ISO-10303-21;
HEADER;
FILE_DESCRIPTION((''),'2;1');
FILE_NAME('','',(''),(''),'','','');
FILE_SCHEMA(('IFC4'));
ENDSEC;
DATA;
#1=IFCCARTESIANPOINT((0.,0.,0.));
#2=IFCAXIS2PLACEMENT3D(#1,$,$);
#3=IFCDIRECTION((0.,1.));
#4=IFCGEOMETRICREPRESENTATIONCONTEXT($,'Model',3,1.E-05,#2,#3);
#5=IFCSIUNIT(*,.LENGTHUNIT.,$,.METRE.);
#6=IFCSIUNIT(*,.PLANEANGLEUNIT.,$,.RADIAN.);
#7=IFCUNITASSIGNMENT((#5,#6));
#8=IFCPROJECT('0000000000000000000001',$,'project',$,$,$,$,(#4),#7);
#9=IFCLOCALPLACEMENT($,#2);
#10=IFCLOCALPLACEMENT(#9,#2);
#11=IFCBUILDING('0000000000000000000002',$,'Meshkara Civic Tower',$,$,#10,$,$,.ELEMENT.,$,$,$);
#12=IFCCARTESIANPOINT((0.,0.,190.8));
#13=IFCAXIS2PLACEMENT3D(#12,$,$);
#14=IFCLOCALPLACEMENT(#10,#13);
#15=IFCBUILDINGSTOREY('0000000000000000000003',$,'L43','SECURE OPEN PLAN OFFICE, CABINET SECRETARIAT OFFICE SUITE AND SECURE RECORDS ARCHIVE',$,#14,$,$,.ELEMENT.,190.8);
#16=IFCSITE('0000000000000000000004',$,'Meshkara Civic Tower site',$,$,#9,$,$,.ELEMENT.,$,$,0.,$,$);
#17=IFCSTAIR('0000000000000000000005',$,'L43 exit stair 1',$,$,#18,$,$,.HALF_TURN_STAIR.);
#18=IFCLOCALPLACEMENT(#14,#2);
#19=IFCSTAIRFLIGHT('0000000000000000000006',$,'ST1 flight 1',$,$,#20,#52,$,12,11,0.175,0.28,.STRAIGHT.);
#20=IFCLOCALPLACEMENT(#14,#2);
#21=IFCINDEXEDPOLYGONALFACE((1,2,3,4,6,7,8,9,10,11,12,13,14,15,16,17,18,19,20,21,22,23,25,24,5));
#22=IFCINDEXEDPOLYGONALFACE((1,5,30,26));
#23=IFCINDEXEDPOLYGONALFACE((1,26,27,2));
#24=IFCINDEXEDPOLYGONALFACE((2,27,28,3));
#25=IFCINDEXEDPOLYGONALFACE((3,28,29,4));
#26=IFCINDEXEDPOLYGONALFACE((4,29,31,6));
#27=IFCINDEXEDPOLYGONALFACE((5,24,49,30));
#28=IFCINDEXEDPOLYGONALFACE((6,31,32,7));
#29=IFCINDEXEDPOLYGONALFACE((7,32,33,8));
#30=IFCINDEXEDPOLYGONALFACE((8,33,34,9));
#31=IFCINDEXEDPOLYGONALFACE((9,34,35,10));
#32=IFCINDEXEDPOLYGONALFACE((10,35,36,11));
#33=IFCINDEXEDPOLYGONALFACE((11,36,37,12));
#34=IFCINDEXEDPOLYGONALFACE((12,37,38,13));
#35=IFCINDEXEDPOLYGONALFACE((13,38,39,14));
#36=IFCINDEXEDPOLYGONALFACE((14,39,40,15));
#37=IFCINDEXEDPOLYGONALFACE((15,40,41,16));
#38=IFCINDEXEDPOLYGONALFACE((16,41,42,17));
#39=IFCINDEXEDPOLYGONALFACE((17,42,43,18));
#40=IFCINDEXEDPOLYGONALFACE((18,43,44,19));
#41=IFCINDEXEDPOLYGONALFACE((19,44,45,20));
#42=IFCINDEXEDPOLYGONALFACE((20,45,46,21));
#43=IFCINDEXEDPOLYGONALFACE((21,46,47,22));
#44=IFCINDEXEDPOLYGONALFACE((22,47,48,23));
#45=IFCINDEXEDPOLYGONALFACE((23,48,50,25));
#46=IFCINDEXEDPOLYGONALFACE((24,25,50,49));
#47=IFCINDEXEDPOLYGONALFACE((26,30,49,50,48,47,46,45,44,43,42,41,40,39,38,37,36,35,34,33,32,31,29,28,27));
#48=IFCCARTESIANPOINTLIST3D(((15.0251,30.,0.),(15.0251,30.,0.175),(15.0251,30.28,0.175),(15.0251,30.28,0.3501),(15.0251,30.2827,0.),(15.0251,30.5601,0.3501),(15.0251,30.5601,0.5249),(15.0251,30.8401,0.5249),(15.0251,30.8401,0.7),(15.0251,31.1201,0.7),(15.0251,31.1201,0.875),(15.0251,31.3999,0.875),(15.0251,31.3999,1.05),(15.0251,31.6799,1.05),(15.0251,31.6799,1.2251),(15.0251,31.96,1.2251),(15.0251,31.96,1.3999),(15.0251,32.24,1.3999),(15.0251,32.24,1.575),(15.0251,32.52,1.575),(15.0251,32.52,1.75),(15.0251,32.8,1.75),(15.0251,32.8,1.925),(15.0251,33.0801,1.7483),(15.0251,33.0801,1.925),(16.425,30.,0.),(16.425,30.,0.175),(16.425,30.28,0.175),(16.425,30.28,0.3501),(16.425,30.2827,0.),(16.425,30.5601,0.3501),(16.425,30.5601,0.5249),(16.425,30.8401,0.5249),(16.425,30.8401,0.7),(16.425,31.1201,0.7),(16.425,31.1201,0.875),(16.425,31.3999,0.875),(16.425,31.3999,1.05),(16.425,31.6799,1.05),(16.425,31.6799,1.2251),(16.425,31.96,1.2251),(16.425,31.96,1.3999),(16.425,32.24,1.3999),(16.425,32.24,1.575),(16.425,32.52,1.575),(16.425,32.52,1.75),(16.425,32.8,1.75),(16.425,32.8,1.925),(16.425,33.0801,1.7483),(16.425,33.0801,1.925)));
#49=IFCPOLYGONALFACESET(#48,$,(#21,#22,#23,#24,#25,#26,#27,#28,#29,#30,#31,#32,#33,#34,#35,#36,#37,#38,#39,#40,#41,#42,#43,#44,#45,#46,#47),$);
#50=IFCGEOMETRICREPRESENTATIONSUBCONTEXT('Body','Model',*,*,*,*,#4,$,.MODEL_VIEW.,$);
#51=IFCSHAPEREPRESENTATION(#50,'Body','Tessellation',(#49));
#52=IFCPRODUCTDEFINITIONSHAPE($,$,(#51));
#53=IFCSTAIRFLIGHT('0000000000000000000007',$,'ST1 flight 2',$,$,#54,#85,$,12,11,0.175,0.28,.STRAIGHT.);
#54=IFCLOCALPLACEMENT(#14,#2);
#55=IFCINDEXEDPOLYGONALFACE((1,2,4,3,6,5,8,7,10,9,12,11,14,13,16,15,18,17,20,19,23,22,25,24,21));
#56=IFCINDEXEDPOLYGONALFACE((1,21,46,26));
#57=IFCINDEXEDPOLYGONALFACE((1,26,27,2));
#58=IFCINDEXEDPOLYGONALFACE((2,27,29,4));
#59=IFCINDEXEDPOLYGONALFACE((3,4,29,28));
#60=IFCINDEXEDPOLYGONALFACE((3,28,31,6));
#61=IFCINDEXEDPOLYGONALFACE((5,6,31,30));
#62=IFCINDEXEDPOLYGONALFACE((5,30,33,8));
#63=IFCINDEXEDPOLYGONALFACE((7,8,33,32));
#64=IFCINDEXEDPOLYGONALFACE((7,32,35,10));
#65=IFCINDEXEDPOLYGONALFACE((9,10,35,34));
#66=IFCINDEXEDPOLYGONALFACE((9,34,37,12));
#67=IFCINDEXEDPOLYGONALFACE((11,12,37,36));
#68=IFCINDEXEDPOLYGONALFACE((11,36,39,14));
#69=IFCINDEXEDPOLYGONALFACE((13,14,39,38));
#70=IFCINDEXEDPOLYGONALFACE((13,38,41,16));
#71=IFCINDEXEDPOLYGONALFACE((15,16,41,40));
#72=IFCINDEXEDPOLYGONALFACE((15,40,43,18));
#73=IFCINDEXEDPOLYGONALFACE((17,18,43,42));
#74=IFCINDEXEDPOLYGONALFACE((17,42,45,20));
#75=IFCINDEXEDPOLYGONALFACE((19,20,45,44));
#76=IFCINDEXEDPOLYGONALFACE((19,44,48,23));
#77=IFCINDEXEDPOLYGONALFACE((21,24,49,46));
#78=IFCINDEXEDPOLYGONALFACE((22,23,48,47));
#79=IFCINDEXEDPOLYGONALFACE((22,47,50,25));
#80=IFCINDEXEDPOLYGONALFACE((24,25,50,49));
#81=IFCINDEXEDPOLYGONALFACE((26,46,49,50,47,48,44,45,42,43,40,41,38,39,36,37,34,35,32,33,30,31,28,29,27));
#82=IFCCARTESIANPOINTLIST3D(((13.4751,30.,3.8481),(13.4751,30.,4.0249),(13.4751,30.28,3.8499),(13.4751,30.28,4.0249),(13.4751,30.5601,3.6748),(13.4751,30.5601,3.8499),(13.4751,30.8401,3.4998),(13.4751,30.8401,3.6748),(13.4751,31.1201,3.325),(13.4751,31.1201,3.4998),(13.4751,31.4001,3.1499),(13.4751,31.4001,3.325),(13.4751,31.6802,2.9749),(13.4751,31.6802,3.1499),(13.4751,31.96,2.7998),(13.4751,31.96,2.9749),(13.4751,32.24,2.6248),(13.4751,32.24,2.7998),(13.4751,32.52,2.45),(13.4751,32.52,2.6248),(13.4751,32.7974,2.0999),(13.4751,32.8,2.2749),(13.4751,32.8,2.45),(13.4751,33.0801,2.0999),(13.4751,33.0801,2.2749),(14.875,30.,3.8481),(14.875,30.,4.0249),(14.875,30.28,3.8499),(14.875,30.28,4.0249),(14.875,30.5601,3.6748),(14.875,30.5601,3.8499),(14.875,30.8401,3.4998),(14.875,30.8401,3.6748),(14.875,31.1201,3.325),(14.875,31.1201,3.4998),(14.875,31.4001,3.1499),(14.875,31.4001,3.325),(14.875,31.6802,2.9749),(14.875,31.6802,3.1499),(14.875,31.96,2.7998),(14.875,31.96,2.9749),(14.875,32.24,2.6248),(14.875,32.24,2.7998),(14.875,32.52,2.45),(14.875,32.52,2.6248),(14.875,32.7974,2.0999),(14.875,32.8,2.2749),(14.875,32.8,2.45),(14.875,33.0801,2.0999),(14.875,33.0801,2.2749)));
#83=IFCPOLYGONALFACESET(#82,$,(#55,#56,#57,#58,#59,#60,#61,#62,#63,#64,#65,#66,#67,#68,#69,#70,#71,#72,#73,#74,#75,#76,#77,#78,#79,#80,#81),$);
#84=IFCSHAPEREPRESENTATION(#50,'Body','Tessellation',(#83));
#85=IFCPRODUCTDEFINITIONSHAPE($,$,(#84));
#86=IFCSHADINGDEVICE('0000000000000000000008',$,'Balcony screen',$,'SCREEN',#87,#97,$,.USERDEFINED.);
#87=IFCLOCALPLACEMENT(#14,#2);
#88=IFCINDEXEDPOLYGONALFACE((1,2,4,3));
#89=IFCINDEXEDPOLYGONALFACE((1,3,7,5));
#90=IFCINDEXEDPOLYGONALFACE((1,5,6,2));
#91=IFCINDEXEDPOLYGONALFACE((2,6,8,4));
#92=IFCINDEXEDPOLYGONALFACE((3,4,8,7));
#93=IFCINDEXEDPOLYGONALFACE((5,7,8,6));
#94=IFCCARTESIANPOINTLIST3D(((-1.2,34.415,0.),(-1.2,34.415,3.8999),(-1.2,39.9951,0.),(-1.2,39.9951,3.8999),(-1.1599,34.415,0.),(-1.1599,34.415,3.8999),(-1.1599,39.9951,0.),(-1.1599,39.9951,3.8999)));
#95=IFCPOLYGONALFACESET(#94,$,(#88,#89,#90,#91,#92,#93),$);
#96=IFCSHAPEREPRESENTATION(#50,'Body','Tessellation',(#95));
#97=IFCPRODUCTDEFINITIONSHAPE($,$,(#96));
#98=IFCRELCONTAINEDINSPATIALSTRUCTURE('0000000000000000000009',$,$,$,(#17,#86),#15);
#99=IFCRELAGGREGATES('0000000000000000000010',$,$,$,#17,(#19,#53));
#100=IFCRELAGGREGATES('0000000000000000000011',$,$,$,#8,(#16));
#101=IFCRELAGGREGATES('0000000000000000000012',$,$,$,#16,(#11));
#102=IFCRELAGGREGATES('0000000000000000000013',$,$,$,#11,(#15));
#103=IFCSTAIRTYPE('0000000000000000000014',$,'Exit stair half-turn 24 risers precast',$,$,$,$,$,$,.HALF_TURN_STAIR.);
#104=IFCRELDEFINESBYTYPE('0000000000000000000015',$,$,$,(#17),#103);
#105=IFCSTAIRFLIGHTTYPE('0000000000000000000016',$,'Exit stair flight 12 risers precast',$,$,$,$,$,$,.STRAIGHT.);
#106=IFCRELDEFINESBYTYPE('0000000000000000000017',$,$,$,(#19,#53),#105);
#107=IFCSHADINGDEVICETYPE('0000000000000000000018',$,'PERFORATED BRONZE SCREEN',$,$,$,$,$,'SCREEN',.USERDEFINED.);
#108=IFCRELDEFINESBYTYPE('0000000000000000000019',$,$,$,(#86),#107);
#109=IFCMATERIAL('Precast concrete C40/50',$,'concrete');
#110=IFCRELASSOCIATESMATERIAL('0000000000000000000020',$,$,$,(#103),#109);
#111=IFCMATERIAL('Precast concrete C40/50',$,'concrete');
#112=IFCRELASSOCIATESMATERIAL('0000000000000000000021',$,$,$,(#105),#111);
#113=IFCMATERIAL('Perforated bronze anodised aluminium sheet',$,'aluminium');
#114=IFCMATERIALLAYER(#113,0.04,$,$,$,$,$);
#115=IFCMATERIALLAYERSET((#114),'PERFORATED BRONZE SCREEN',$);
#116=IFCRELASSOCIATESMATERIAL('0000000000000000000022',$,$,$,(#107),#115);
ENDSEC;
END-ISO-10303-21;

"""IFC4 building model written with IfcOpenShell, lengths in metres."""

from ifc_helpers import new_model, si_unit, direction, frame, origin, origin_2d, place, context, subcontext, project, spatial, polyline, rectangle, outline, extrude, material, layer, layer_set, type_object, element, aggregate, save


model = new_model("IFC4")

# Units and contexts
model_context = context("Model", 3, precision=1e-05, world=origin(), true_north=direction((0.0, 1.0)))
body_context = subcontext(model_context, "Body", "Model", "MODEL_VIEW")
ifc_project = project(units=[si_unit("LENGTHUNIT", "METRE"), si_unit("PLANEANGLEUNIT", "RADIAN")], contexts=[model_context])

# Site, building, storey
site_placement = place(None, origin())
site = spatial("IfcSite", under=ifc_project, at=site_placement, Name="Meshkara Civic Tower site", CompositionType="ELEMENT", RefElevation=0.0)
building_placement = place(site_placement, origin())
building = spatial("IfcBuilding", under=site, at=building_placement, Name="Meshkara Civic Tower", CompositionType="ELEMENT")
storey_placement = place(building_placement, frame((0.0, 0.0, 190.8)))
storey = spatial("IfcBuildingStorey", under=building, at=storey_placement, Name="L43", Description="SECURE OPEN PLAN OFFICE, CABINET SECRETARIAT OFFICE SUITE AND SECURE RECORDS ARCHIVE", CompositionType="ELEMENT", Elevation=190.8)

# Stair, stair flights
ifc_material_1 = material(Name="Precast concrete C40/50", Category="concrete")
stair_type = type_object("IfcStairType", Name="Exit stair half-turn 24 risers precast", PredefinedType="HALF_TURN_STAIR", material=ifc_material_1)
stair_placement = place(storey_placement, origin())
stair = element("IfcStair", 1, at=stair_placement, inside=storey, type_object=stair_type, Name="L43 exit stair 1", PredefinedType="HALF_TURN_STAIR")
ifc_material_2 = material(Name="Precast concrete C40/50", Category="concrete")
stair_flight_type = type_object("IfcStairFlightType", Name="Exit stair flight 12 risers precast", PredefinedType="STRAIGHT", material=ifc_material_2)
stair_flight_1_placement = place(storey_placement, frame((15.7251, 30.0, 0.0), z_axis=(0.0, 0.0, 1.0), x_axis=(0.0, 1.0, 0.0)))
stair_flight_1 = element("IfcStairFlight", 2, at=stair_flight_1_placement, type_object=stair_flight_type, Name="ST1 flight 1", NumberOfRisers=12, NumberOfTreads=11, PredefinedType="STRAIGHT", RiserHeight=0.175, TreadLength=0.28, context=body_context, shape_type="SweptSolid", body=[
    extrude(outline(polyline([(0.0, 0.0), (0.0, 0.175), (0.28, 0.175), (0.28, 0.3501), (0.5601, 0.3501), (0.5601, 0.5249), (0.8401, 0.5249), (0.8401, 0.7), (1.1201, 0.7), (1.1201, 0.875), (1.3999, 0.875), (1.3999, 1.05), (1.6799, 1.05), (1.6799, 1.2251), (1.96, 1.2251), (1.96, 1.3999), (2.24, 1.3999), (2.24, 1.575), (2.52, 1.575), (2.52, 1.75), (2.8, 1.75), (2.8, 1.925), (3.0801, 1.925), (3.0801, 2.1001), (3.0801, 1.7483), (0.2827, 0.0), (0.0, 0.0)])), frame((0.0, 0.7, 0.0), z_axis=(0.0, -1.0, 0.0), x_axis=(1.0, 0.0, 0.0)), (0.0, 0.0, 1.0), 1.3999),
])
stair_flight_2_placement = place(storey_placement, frame((14.175, 33.0801, 2.0999), z_axis=(0.0, 0.0, 1.0), x_axis=(0.0, -1.0, 0.0)))
stair_flight_2 = element("IfcStairFlight", 3, at=stair_flight_2_placement, type_object=stair_flight_type, Name="ST1 flight 2", NumberOfRisers=12, NumberOfTreads=11, PredefinedType="STRAIGHT", RiserHeight=0.175, TreadLength=0.28, context=body_context, shape_type="SweptSolid", body=[
    extrude(outline(polyline([(0.0, 0.0), (0.0, 0.175), (0.28, 0.175), (0.28, 0.3501), (0.5601, 0.3501), (0.5601, 0.5249), (0.8401, 0.5249), (0.8401, 0.7), (1.1201, 0.7), (1.1201, 0.875), (1.3999, 0.875), (1.3999, 1.05), (1.6799, 1.05), (1.6799, 1.2251), (1.96, 1.2251), (1.96, 1.3999), (2.24, 1.3999), (2.24, 1.575), (2.52, 1.575), (2.52, 1.75), (2.8, 1.75), (2.8, 1.925), (3.0801, 1.925), (3.0801, 2.1001), (3.0801, 1.7483), (0.2827, 0.0), (0.0, 0.0)])), frame((0.0, 0.7, 0.0), z_axis=(0.0, -1.0, 0.0), x_axis=(1.0, 0.0, 0.0)), (0.0, 0.0, 1.0), 1.3999),
])
aggregate(stair, [stair_flight_1, stair_flight_2])

# Shading device
ifc_material_3 = material(Name="Perforated bronze anodised aluminium sheet", Category="aluminium")
ifc_layer_1 = layer(ifc_material_3, 0.04)
ifc_layer_set_1 = layer_set([ifc_layer_1], Name="PERFORATED BRONZE SCREEN")
shading_device_type = type_object("IfcShadingDeviceType", Name="PERFORATED BRONZE SCREEN", ElementType="SCREEN", PredefinedType="USERDEFINED", material=ifc_layer_set_1)
shading_device_placement = place(storey_placement, frame((-1.1799, 37.2051, 0.0), z_axis=(0.0, 0.0, 1.0), x_axis=(0.0, -1.0, 0.0)))
element("IfcShadingDevice", 4, at=shading_device_placement, inside=storey, type_object=shading_device_type, Name="Balcony screen", ObjectType="SCREEN", PredefinedType="USERDEFINED", context=body_context, shape_type="SweptSolid", body=[
    extrude(rectangle(XDim=5.5801, YDim=0.04, at=origin_2d()), origin(), (0.0, 0.0, 1.0), 3.8999),
])

save(model, "model.ifc")
